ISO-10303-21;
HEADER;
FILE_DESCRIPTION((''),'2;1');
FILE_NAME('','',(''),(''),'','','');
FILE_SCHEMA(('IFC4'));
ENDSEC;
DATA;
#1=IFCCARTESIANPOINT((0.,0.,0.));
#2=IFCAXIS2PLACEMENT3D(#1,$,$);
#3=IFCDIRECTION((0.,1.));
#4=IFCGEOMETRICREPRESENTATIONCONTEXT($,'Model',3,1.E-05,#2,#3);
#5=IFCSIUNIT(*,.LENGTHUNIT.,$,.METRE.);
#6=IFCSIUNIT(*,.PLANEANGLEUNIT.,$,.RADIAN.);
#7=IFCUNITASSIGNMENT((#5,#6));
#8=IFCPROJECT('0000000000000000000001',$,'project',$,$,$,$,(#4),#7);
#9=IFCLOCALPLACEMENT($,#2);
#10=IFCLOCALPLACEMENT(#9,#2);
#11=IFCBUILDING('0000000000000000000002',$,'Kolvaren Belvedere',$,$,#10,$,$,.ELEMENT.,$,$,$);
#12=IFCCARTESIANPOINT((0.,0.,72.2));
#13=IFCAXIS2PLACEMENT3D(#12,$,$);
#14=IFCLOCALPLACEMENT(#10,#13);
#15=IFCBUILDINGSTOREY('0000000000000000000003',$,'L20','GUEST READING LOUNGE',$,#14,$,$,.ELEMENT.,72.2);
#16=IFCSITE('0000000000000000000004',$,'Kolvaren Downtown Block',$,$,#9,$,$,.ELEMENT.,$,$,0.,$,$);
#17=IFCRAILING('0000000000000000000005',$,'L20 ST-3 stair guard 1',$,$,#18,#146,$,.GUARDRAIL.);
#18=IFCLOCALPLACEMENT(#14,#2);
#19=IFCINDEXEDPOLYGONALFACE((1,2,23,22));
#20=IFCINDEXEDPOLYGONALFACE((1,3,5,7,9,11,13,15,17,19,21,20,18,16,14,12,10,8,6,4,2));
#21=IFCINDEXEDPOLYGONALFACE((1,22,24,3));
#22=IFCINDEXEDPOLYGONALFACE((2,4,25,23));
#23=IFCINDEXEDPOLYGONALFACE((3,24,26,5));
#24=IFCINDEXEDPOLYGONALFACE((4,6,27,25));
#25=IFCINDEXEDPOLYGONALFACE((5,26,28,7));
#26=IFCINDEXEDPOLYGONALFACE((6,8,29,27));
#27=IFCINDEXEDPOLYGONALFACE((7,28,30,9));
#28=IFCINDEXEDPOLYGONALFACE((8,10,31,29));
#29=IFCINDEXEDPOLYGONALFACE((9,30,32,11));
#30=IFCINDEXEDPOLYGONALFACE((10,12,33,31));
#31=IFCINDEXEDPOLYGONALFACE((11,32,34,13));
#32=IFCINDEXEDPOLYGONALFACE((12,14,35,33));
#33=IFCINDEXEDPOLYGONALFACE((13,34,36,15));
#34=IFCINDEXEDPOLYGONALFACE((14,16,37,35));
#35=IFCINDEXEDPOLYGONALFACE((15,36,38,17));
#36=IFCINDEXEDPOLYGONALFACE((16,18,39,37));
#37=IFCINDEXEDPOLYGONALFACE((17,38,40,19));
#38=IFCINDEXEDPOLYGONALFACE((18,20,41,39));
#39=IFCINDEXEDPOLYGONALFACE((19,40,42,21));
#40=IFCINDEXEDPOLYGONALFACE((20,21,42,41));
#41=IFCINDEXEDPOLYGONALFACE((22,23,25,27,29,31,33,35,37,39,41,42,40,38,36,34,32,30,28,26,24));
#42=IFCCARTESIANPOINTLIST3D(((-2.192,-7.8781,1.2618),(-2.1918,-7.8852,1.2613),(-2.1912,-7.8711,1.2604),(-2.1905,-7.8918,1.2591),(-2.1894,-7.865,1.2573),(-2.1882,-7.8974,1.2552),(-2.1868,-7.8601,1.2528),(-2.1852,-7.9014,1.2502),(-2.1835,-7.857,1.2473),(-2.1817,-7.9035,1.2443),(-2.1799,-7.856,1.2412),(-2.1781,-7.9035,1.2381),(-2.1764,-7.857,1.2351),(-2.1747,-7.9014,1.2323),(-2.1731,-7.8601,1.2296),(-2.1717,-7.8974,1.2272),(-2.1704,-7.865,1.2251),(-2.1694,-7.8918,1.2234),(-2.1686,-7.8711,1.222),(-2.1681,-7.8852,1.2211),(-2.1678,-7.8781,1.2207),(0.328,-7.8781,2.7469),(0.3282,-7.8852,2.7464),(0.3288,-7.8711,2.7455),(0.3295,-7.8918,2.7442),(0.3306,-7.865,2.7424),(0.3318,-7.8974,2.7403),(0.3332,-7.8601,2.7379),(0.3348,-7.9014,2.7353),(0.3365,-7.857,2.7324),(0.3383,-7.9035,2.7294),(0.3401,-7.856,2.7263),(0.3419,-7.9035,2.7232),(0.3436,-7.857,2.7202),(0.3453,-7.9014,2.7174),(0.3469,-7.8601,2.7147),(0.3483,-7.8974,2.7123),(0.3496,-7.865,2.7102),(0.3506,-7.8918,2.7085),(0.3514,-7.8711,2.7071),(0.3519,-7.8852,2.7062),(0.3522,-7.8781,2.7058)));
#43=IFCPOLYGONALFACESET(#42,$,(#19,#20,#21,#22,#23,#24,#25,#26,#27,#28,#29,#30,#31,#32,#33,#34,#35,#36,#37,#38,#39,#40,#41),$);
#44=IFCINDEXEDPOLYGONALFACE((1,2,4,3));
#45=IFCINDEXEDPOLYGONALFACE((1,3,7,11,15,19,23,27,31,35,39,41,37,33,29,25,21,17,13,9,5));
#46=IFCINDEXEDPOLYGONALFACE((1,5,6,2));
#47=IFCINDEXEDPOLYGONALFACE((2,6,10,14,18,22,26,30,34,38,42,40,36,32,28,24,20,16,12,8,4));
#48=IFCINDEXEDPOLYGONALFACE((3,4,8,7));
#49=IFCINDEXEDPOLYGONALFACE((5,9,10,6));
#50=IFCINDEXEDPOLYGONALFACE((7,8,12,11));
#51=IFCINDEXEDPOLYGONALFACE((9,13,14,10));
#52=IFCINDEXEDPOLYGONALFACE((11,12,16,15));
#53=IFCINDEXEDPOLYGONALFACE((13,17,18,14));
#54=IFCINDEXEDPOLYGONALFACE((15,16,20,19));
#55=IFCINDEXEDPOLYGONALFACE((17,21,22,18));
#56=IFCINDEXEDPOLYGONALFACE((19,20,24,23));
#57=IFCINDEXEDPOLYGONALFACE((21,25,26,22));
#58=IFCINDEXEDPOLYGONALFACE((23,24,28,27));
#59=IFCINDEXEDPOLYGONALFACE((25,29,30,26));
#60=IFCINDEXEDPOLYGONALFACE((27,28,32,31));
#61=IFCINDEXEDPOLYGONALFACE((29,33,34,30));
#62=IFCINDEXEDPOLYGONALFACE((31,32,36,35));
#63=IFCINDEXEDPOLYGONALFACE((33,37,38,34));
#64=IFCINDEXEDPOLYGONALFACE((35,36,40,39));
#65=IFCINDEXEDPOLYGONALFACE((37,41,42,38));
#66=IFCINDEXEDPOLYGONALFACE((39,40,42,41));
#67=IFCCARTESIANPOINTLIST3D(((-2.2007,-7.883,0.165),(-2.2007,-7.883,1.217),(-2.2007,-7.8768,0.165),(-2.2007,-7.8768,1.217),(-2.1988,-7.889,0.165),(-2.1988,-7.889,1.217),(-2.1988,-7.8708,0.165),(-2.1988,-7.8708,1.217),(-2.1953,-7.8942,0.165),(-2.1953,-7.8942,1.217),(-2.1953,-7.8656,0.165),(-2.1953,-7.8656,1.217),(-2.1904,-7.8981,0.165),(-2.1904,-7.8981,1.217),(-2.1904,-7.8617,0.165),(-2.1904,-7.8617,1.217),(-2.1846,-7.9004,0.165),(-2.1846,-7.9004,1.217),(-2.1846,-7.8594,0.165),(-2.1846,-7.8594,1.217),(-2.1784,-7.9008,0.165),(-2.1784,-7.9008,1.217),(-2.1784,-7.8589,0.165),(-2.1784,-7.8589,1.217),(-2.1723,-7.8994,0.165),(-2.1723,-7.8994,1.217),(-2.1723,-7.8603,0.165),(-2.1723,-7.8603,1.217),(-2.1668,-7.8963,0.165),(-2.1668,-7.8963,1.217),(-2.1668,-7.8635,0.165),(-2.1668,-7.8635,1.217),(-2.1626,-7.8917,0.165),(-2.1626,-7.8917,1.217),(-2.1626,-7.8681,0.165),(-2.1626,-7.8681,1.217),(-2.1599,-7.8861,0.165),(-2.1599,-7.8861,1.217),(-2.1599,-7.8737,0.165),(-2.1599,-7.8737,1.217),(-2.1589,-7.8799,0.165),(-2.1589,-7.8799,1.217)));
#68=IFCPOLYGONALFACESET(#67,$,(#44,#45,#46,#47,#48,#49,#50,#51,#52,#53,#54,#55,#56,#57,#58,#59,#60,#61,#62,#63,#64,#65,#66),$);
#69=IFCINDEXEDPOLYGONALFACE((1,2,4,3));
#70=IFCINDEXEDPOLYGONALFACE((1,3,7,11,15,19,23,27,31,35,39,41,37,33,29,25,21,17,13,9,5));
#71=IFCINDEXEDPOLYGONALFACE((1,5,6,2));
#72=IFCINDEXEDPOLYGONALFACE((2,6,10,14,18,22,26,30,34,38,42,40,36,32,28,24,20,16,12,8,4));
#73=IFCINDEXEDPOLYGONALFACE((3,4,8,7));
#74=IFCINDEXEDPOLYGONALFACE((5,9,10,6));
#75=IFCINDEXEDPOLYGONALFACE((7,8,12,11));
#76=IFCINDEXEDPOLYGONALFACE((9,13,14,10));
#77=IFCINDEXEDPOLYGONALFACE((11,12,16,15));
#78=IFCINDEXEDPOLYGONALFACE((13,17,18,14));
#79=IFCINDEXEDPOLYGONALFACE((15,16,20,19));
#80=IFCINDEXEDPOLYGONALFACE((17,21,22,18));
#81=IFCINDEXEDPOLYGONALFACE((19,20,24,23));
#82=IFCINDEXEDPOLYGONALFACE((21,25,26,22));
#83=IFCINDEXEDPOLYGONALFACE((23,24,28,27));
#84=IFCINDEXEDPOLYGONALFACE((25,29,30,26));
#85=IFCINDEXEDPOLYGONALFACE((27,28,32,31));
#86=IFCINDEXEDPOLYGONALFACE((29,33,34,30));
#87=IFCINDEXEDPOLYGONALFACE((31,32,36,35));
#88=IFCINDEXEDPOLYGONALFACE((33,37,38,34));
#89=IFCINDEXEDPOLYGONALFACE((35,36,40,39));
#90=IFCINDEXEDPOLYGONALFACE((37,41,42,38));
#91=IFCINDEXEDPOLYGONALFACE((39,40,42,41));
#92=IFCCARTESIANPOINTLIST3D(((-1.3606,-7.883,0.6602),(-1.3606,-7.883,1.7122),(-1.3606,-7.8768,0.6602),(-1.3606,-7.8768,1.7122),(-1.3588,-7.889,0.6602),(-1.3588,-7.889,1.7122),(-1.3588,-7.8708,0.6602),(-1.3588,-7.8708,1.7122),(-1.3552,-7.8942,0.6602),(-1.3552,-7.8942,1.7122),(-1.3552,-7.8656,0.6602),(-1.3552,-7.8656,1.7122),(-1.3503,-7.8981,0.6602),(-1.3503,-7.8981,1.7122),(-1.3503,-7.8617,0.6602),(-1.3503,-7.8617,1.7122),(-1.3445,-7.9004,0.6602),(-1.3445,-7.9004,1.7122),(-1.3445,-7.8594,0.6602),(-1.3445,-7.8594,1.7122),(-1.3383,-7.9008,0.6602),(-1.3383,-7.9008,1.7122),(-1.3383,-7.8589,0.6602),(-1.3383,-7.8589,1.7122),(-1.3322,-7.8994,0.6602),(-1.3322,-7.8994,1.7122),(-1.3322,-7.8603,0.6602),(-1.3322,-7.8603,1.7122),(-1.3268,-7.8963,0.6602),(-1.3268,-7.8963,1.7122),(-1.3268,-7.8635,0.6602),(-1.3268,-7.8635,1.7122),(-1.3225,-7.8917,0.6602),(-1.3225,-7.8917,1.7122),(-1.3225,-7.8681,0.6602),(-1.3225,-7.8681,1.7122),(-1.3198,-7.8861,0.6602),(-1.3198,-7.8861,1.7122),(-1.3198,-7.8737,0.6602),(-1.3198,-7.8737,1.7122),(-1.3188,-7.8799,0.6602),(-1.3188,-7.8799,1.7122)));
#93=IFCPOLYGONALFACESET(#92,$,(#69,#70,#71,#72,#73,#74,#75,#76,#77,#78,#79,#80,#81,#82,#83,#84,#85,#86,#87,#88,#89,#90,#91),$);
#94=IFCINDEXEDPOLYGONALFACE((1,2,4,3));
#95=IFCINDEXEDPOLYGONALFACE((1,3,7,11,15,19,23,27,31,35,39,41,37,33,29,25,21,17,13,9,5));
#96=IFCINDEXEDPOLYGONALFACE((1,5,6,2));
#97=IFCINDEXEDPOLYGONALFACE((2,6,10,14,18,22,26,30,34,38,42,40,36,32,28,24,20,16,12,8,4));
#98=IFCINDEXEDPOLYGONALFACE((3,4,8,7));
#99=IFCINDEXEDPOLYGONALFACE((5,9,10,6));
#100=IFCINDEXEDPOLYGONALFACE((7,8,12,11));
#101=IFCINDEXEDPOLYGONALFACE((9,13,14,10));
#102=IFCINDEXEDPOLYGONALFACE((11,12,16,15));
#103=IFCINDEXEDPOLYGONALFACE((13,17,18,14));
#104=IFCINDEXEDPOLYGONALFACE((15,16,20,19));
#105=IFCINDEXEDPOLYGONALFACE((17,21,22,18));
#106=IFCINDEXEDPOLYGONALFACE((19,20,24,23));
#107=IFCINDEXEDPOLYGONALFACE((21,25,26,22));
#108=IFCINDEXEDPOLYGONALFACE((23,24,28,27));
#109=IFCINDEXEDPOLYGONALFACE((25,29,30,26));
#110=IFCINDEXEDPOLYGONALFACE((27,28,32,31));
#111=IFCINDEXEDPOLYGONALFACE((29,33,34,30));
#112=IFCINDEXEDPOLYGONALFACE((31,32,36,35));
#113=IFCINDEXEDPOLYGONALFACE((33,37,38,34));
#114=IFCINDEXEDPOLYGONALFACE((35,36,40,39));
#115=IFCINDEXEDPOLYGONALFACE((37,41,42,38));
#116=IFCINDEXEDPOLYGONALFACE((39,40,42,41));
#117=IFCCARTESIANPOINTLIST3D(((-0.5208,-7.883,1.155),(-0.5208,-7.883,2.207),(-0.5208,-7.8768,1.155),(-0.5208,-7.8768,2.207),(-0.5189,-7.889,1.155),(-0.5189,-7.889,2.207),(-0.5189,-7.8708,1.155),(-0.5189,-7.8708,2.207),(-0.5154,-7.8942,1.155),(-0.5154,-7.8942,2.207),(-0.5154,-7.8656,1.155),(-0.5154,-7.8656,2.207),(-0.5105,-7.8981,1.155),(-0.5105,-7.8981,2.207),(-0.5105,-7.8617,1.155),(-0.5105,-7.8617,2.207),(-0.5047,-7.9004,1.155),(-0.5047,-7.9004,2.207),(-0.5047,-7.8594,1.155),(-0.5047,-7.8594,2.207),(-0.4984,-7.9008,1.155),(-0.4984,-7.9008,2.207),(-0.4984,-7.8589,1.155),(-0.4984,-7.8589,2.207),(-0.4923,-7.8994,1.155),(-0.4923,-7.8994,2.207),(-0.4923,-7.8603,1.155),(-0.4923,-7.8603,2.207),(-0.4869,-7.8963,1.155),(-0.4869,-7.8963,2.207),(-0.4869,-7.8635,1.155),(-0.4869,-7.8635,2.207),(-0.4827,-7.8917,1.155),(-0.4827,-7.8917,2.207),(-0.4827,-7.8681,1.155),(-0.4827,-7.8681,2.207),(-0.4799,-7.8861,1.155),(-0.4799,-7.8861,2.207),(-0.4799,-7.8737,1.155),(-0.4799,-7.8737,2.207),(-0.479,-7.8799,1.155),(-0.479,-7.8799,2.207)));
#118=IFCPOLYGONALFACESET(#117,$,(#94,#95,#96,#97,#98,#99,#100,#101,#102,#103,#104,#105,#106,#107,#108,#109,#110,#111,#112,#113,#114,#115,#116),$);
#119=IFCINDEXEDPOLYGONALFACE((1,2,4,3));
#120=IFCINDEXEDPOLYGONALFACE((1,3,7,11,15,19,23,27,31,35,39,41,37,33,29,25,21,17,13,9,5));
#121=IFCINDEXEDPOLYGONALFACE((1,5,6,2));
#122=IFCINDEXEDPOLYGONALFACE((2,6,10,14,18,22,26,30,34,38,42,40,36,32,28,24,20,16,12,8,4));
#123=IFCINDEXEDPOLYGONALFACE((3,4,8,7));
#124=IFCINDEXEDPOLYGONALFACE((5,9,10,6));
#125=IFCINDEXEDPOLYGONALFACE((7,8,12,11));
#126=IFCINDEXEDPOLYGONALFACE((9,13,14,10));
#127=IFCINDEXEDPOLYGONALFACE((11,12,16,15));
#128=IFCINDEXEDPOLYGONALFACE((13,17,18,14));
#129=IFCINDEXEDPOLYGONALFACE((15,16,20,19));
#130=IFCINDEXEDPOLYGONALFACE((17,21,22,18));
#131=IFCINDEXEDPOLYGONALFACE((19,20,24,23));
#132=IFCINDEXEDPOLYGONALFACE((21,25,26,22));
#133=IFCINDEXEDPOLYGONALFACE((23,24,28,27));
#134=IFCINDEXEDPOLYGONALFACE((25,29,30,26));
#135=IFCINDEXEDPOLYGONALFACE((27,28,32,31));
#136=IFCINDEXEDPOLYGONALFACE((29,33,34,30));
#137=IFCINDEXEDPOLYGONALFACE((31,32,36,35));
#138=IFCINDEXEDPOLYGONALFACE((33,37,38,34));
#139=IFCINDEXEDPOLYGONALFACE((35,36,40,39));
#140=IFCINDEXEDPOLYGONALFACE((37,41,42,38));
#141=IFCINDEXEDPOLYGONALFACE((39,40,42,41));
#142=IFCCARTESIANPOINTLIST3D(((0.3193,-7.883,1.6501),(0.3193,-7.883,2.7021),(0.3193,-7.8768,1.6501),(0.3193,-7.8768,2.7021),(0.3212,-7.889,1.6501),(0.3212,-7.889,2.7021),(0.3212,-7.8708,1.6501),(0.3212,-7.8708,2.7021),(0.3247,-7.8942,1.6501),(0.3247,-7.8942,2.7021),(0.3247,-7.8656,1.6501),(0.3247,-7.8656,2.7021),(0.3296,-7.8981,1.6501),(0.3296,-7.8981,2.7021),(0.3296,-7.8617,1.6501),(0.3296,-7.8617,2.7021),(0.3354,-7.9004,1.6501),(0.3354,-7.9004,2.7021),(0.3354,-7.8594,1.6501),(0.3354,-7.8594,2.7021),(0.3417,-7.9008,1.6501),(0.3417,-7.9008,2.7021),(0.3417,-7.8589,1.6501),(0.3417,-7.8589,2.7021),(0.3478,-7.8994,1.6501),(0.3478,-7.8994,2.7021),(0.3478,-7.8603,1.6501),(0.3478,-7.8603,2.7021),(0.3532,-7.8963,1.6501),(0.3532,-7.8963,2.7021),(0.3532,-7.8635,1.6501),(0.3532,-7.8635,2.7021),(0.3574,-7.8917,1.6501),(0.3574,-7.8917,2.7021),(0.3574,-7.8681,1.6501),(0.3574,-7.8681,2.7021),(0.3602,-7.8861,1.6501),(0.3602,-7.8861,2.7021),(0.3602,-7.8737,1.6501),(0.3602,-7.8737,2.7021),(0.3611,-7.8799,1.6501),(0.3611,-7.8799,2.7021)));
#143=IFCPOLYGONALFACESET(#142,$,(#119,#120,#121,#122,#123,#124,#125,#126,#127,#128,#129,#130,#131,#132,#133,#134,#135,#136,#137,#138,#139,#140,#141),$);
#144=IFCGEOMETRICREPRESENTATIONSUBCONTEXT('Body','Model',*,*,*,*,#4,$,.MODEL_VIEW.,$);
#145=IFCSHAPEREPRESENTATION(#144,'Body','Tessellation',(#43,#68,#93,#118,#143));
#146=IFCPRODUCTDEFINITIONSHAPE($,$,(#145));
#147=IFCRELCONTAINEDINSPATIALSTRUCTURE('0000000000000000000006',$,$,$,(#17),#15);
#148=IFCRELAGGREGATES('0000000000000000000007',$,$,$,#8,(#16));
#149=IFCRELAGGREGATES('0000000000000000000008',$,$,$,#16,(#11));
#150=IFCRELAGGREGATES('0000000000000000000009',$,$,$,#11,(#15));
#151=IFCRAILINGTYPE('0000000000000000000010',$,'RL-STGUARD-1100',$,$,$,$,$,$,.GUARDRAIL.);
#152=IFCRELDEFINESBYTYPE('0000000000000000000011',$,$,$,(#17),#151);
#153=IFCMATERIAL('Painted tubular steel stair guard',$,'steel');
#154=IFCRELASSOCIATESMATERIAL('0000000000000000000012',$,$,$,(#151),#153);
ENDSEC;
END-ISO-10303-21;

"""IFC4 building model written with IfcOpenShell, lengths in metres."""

from ifc_helpers import new_model, si_unit, direction, frame, origin, origin_2d, place, context, subcontext, project, spatial, circle, extrude, material, type_object, element, save


model = new_model("IFC4")

# Units and contexts
model_context = context("Model", 3, precision=1e-05, world=origin(), true_north=direction((0.0, 1.0)))
body_context = subcontext(model_context, "Body", "Model", "MODEL_VIEW")
ifc_project = project(units=[si_unit("LENGTHUNIT", "METRE"), si_unit("PLANEANGLEUNIT", "RADIAN")], contexts=[model_context])

# Site, building, storey
site_placement = place(None, origin())
site = spatial("IfcSite", under=ifc_project, at=site_placement, Name="Kolvaren Downtown Block", CompositionType="ELEMENT", RefElevation=0.0)
building_placement = place(site_placement, origin())
building = spatial("IfcBuilding", under=site, at=building_placement, Name="Kolvaren Belvedere", CompositionType="ELEMENT")
storey_placement = place(building_placement, frame((0.0, 0.0, 72.2)))
storey = spatial("IfcBuildingStorey", under=building, at=storey_placement, Name="L20", Description="GUEST READING LOUNGE", CompositionType="ELEMENT", Elevation=72.2)

# Railing
ifc_material_1 = material(Name="Painted tubular steel stair guard", Category="steel")
railing_type_1 = type_object("IfcRailingType", Name="RL-STGUARD-1100", PredefinedType="GUARDRAIL", material=ifc_material_1)
railing_1_placement = place(storey_placement, frame((-2.1799, -7.8799, 0.165)))
element("IfcRailing", 1, at=railing_1_placement, inside=storey, type_object=railing_type_1, Name="L20 ST-3 stair guard 1", PredefinedType="GUARDRAIL", context=body_context, shape_type="SweptSolid", body=[
    extrude(circle(Radius=0.0239, at=origin_2d()), frame((0.0, 0.0, 1.0762), z_axis=(0.861524, 0.0, 0.507717), x_axis=(0.0, 1.0, 0.0)), (0.0, 0.0, 1.0), 2.925),
    extrude(circle(Radius=0.021, at=origin_2d()), origin(), (0.0, 0.0, 1.0), 1.052),
    extrude(circle(Radius=0.021, at=origin_2d()), frame((0.8401, 0.0, 0.4951)), (0.0, 0.0, 1.0), 1.052),
    extrude(circle(Radius=0.021, at=origin_2d()), frame((1.6799, 0.0, 0.99)), (0.0, 0.0, 1.0), 1.052),
    extrude(circle(Radius=0.021, at=origin_2d()), frame((2.52, 0.0, 1.4851)), (0.0, 0.0, 1.0), 1.052),
])

save(model, "model.ifc")
